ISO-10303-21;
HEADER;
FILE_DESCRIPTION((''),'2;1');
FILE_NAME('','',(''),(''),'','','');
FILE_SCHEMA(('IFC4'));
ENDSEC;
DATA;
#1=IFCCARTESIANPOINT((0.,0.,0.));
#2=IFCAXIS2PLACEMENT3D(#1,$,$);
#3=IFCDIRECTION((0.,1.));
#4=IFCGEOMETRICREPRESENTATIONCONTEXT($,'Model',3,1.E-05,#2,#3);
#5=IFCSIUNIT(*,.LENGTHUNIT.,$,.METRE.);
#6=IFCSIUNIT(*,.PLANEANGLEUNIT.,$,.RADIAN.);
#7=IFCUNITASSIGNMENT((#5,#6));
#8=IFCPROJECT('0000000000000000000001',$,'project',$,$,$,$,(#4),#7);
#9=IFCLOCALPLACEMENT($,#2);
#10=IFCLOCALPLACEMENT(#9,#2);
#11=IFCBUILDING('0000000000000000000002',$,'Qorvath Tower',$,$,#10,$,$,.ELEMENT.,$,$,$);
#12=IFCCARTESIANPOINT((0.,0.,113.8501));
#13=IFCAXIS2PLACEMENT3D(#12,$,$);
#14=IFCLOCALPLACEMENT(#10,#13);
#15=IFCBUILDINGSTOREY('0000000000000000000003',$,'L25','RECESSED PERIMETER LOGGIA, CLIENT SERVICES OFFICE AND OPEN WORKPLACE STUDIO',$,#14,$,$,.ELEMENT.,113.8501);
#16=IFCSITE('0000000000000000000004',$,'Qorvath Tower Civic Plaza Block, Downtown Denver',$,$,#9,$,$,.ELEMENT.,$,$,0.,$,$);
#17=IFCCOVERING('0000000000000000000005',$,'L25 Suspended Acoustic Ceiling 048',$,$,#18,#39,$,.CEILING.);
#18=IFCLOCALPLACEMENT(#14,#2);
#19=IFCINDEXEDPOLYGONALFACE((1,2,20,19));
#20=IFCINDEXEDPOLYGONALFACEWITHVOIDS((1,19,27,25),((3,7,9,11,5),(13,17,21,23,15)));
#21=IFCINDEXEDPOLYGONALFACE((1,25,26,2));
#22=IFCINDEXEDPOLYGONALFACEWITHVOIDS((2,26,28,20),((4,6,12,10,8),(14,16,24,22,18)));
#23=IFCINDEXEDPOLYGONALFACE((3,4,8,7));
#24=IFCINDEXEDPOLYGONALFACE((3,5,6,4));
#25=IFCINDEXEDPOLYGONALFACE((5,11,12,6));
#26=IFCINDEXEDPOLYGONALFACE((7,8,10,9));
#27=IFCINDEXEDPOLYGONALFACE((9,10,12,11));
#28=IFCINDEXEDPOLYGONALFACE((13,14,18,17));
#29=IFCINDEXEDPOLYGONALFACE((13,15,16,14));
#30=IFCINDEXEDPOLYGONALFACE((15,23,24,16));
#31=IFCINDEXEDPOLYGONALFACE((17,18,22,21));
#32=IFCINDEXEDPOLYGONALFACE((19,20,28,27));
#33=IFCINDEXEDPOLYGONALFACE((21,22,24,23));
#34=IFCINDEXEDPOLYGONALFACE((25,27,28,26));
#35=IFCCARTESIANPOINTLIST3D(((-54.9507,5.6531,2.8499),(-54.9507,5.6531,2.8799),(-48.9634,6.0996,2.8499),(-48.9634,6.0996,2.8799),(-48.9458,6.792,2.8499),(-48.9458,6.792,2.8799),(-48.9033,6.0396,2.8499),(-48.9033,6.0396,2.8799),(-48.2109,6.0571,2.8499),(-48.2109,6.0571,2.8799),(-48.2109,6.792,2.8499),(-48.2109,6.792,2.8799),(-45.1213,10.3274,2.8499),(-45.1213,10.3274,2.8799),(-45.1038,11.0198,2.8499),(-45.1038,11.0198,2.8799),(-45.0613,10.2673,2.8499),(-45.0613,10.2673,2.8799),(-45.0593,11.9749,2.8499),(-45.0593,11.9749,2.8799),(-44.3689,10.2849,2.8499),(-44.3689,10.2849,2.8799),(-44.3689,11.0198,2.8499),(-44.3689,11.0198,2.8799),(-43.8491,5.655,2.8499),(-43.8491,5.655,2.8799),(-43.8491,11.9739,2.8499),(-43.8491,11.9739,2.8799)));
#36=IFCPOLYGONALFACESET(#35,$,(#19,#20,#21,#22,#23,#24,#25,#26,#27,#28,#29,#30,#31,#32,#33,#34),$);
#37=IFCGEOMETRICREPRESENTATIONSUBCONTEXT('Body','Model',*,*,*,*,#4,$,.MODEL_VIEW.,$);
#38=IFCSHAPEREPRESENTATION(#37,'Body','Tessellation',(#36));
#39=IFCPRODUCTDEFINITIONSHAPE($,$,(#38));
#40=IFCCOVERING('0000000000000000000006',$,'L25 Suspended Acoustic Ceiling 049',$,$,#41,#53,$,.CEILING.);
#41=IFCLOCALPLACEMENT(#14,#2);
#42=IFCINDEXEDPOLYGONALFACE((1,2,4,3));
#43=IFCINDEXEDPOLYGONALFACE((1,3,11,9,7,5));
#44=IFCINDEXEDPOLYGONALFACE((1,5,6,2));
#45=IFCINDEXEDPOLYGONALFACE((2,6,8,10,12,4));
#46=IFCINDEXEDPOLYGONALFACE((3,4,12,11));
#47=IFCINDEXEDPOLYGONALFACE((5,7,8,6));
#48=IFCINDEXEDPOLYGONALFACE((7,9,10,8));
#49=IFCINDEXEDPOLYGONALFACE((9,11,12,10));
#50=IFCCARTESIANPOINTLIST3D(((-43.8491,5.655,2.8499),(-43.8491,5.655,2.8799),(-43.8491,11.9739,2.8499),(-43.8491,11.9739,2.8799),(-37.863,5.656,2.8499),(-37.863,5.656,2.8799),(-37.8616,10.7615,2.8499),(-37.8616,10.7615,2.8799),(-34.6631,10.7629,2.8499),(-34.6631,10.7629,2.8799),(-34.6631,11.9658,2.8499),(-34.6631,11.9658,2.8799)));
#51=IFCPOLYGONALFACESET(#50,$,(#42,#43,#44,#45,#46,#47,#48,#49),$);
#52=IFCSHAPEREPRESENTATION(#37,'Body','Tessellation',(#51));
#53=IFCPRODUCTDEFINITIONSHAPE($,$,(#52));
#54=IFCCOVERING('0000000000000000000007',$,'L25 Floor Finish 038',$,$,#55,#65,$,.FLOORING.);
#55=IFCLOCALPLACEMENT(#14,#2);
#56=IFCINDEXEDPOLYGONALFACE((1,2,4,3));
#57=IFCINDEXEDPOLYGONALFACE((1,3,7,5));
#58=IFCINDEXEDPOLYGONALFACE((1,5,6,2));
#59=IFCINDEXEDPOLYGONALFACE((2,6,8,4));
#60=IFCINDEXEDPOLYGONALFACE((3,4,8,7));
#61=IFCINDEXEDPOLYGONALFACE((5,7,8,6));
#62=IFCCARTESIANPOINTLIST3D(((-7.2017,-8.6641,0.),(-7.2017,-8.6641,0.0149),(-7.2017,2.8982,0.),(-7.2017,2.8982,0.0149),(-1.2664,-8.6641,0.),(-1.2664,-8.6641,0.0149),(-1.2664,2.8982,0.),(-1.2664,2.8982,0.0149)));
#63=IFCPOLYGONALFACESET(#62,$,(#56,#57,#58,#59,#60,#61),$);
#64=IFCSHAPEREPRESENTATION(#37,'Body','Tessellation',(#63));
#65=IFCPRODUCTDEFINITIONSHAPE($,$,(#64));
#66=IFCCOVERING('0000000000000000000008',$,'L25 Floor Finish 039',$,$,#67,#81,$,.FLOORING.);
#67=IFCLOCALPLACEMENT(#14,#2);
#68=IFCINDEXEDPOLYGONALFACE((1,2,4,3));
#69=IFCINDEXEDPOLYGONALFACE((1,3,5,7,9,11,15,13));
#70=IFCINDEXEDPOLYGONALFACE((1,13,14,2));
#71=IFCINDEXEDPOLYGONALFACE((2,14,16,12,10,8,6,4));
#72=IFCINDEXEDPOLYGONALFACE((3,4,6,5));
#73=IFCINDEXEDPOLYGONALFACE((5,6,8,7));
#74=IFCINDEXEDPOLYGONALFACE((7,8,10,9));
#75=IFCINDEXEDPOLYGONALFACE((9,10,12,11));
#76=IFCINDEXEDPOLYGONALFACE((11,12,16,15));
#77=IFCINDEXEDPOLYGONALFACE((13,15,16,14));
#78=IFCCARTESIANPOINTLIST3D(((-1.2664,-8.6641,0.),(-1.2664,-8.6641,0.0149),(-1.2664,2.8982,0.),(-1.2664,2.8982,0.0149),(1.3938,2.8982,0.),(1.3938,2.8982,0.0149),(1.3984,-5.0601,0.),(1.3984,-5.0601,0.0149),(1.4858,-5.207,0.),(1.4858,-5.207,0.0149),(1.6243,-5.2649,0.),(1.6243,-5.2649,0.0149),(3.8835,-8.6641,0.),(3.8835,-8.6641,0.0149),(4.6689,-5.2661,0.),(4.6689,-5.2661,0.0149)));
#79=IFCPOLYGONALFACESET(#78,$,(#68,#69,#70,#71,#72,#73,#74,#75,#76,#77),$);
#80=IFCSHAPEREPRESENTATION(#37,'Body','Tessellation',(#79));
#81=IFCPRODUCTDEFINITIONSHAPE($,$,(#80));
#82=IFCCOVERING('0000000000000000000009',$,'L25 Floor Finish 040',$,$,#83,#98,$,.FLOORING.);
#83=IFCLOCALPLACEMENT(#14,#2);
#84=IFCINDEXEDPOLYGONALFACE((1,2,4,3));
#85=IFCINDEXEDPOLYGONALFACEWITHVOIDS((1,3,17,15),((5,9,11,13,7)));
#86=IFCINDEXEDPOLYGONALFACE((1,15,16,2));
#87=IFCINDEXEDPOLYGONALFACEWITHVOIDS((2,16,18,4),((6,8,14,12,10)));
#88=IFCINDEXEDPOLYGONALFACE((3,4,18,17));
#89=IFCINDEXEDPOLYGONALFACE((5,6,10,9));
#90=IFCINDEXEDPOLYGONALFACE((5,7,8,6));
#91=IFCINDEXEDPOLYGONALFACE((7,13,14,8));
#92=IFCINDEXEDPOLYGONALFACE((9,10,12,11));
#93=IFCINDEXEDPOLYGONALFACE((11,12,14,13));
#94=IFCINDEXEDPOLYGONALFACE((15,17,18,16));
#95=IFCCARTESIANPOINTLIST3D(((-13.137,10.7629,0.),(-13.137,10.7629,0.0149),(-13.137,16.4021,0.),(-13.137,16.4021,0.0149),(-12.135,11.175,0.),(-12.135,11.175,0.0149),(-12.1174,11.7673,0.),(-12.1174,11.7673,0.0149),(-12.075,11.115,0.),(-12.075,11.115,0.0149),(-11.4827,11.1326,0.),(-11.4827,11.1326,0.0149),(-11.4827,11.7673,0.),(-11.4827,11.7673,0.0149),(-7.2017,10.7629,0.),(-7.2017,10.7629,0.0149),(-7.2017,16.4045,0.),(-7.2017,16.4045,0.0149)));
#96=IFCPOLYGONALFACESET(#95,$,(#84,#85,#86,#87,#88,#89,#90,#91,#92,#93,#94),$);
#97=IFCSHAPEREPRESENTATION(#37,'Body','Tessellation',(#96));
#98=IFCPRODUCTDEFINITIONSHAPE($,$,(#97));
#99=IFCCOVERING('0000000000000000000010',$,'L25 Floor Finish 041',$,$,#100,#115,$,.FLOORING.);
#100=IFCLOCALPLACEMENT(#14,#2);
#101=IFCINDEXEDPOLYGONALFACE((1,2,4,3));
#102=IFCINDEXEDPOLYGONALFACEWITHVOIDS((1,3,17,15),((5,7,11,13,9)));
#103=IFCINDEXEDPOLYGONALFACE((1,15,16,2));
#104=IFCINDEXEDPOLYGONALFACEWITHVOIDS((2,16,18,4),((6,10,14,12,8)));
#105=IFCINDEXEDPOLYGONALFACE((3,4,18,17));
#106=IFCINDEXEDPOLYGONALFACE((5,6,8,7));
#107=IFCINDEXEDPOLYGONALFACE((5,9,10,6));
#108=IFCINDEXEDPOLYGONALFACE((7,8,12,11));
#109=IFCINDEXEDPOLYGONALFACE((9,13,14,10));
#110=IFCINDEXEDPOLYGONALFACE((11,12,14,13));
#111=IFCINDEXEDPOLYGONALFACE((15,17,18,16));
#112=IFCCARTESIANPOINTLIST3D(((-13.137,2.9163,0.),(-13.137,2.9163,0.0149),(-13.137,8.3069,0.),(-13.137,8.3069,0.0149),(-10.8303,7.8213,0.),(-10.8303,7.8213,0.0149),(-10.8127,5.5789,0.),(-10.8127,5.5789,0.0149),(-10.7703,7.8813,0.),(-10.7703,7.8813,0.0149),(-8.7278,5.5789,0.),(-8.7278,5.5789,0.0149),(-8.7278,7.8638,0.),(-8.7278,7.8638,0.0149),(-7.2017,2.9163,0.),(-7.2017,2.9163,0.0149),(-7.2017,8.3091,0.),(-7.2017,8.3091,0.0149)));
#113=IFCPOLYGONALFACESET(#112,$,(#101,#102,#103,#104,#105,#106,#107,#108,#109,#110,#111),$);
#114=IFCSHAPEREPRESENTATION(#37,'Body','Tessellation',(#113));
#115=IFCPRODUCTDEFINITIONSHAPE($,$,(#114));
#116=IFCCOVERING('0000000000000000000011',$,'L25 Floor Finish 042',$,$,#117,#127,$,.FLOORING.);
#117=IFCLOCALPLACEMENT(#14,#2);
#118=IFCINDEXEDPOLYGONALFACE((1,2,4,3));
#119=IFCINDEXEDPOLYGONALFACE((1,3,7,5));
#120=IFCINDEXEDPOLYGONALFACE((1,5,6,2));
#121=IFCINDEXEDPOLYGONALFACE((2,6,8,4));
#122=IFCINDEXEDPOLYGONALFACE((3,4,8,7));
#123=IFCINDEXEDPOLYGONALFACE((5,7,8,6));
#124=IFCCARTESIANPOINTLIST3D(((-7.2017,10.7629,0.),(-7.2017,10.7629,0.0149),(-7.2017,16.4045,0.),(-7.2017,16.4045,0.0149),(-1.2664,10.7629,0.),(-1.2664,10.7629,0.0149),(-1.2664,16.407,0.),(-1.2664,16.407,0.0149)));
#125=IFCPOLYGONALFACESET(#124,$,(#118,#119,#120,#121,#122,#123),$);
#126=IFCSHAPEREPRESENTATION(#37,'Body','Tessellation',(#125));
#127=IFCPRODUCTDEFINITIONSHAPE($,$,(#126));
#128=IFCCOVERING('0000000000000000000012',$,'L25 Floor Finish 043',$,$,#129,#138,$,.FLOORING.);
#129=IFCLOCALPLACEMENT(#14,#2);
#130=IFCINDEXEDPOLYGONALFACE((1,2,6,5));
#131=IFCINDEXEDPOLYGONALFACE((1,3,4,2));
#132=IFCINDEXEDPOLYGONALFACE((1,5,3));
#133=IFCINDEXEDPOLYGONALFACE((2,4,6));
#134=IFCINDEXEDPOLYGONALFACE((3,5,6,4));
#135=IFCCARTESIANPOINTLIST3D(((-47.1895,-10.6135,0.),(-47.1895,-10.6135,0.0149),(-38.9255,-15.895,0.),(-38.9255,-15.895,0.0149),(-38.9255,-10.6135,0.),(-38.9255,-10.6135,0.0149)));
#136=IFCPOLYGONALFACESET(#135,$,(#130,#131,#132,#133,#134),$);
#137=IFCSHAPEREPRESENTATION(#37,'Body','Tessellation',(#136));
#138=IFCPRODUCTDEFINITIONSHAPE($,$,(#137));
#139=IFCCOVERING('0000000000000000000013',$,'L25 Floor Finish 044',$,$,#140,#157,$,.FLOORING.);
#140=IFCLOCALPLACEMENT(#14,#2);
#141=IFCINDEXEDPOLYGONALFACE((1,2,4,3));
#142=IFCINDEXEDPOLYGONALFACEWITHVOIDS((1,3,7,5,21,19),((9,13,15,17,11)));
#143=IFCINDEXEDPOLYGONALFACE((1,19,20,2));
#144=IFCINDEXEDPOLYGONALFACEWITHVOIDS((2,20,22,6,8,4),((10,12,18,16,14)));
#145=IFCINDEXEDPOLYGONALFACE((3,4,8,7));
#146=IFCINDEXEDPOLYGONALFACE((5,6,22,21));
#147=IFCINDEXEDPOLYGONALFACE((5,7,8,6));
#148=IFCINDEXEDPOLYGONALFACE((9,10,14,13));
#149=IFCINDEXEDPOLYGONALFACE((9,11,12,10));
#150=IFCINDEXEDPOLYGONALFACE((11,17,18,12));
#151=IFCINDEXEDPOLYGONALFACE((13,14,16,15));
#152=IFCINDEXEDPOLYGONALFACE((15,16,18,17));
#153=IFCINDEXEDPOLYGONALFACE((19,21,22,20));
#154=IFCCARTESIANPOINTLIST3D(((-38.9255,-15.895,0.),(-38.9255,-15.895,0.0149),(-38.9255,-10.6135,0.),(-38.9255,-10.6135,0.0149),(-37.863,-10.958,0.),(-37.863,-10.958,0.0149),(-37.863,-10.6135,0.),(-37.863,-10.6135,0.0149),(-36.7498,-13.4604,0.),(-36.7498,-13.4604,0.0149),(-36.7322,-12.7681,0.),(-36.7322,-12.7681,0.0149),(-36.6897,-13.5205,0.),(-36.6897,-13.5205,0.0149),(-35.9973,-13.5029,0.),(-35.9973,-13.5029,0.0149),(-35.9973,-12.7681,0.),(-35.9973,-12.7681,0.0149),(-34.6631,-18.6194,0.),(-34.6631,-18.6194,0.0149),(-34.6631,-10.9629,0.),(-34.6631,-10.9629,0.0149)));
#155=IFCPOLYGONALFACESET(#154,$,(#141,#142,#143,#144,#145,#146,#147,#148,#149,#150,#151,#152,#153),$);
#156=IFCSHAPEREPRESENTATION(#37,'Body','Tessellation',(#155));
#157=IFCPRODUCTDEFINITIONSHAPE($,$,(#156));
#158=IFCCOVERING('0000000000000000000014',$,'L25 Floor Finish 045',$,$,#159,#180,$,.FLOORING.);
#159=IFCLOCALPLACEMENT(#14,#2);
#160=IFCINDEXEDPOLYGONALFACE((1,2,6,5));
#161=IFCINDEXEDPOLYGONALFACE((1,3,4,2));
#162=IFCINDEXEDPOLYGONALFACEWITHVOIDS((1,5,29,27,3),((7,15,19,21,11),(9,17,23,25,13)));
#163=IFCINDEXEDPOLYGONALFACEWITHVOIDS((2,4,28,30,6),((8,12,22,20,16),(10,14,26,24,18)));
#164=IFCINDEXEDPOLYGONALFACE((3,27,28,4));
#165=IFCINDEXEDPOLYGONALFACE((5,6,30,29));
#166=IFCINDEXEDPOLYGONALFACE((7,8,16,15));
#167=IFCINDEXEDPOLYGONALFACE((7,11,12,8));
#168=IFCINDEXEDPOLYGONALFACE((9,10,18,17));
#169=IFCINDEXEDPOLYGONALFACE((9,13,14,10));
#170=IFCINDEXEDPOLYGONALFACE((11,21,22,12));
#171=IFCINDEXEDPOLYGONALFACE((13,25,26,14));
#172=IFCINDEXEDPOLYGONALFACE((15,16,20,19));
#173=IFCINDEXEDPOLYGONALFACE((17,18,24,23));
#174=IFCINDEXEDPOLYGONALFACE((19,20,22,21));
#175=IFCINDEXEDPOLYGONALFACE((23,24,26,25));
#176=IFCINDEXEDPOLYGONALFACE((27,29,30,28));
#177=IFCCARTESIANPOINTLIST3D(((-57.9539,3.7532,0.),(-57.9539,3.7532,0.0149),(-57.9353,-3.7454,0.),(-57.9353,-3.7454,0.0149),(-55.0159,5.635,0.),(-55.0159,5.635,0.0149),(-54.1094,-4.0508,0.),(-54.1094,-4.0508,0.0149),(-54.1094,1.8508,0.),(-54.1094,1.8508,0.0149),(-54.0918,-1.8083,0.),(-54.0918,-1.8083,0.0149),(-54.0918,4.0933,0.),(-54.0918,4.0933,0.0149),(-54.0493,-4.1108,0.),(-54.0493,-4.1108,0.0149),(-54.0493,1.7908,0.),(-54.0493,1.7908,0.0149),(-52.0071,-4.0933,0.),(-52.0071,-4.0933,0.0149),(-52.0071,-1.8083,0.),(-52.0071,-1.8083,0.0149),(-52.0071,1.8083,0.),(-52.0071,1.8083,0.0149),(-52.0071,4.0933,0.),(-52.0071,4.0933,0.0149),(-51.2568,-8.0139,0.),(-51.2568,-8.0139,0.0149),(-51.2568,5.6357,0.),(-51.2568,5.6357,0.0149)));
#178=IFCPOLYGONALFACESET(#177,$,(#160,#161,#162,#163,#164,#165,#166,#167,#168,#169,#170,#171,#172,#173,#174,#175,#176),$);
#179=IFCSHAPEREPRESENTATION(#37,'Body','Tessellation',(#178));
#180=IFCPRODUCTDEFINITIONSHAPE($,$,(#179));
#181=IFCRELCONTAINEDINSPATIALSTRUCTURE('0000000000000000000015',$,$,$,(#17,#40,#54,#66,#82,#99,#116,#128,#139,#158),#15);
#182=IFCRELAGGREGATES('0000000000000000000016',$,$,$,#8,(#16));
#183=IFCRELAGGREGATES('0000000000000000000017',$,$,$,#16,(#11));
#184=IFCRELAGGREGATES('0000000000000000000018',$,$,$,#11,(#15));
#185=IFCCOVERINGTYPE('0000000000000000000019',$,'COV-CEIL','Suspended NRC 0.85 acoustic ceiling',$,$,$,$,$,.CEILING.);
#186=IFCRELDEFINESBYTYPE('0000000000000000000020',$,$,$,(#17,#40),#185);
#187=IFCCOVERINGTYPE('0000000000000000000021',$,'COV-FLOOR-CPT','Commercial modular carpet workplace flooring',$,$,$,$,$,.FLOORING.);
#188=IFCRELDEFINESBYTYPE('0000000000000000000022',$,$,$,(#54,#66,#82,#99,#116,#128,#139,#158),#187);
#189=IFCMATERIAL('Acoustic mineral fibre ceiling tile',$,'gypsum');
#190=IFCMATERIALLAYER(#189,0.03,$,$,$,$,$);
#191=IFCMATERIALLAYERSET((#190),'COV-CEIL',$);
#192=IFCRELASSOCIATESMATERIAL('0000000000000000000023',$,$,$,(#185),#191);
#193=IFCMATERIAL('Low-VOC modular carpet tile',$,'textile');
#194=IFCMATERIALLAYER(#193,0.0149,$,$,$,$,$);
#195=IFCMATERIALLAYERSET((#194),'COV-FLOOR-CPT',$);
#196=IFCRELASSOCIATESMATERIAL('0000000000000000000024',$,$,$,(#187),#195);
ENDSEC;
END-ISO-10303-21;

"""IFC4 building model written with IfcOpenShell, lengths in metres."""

from ifc_helpers import new_model, si_unit, direction, frame, origin, place, context, subcontext, project, spatial, polyline, outline, extrude, material, layer, layer_set, type_object, element, save


model = new_model("IFC4")

# Units and contexts
model_context = context("Model", 3, precision=1e-05, world=origin(), true_north=direction((0.0, 1.0)))
body_context = subcontext(model_context, "Body", "Model", "MODEL_VIEW")
ifc_project = project(units=[si_unit("LENGTHUNIT", "METRE"), si_unit("PLANEANGLEUNIT", "RADIAN")], contexts=[model_context])

# Site, building, storey
site_placement = place(None, origin())
site = spatial("IfcSite", under=ifc_project, at=site_placement, Name="Qorvath Tower Civic Plaza Block, Downtown Denver", CompositionType="ELEMENT", RefElevation=0.0)
building_placement = place(site_placement, origin())
building = spatial("IfcBuilding", under=site, at=building_placement, Name="Qorvath Tower", CompositionType="ELEMENT")
storey_placement = place(building_placement, frame((0.0, 0.0, 113.8501)))
storey = spatial("IfcBuildingStorey", under=building, at=storey_placement, Name="L25", Description="RECESSED PERIMETER LOGGIA, CLIENT SERVICES OFFICE AND OPEN WORKPLACE STUDIO", CompositionType="ELEMENT", Elevation=113.8501)

# Coverings
ifc_material_1 = material(Name="Acoustic mineral fibre ceiling tile", Category="gypsum")
ifc_layer_1 = layer(ifc_material_1, 0.03)
ifc_layer_set_1 = layer_set([ifc_layer_1], Name="COV-CEIL")
covering_type_1 = type_object("IfcCoveringType", Name="COV-CEIL", Description="Suspended NRC 0.85 acoustic ceiling", PredefinedType="CEILING", material=ifc_layer_set_1)
covering_1_placement = place(storey_placement, frame((0.0, 0.0, 2.8499)))
element("IfcCovering", 1, at=covering_1_placement, inside=storey, type_object=covering_type_1, Name="L25 Suspended Acoustic Ceiling 048", PredefinedType="CEILING", context=body_context, shape_type="SweptSolid", body=[
    extrude(outline(polyline([(-43.8491, 5.655), (-43.8491, 11.9739), (-45.0593, 11.9749), (-54.9507, 5.6531), (-43.8491, 5.655)]), holes=[polyline([(-45.1213, 10.3274), (-45.1038, 11.0198), (-44.3689, 11.0198), (-44.3689, 10.2849), (-45.0613, 10.2673), (-45.1213, 10.3274)]), polyline([(-48.9634, 6.0996), (-48.9458, 6.792), (-48.2109, 6.792), (-48.2109, 6.0571), (-48.9033, 6.0396), (-48.9634, 6.0996)])]), origin(), (0.0, 0.0, 1.0), 0.03),
])
covering_2_placement = place(storey_placement, frame((0.0, 0.0, 2.8499)))
element("IfcCovering", 2, at=covering_2_placement, inside=storey, type_object=covering_type_1, Name="L25 Suspended Acoustic Ceiling 049", PredefinedType="CEILING", context=body_context, shape_type="SweptSolid", body=[
    extrude(outline(polyline([(-34.6631, 10.7629), (-34.6631, 11.9658), (-43.8491, 11.9739), (-43.8491, 5.655), (-37.863, 5.656), (-37.8616, 10.7615), (-34.6631, 10.7629)])), origin(), (0.0, 0.0, 1.0), 0.03),
])
ifc_material_2 = material(Name="Low-VOC modular carpet tile", Category="textile")
ifc_layer_2 = layer(ifc_material_2, 0.0149)
ifc_layer_set_2 = layer_set([ifc_layer_2], Name="COV-FLOOR-CPT")
covering_type_2 = type_object("IfcCoveringType", Name="COV-FLOOR-CPT", Description="Commercial modular carpet workplace flooring", PredefinedType="FLOORING", material=ifc_layer_set_2)
covering_3_placement = place(storey_placement, origin())
element("IfcCovering", 3, at=covering_3_placement, inside=storey, type_object=covering_type_2, Name="L25 Floor Finish 038", PredefinedType="FLOORING", context=body_context, shape_type="SweptSolid", body=[
    extrude(outline(polyline([(-1.2664, -8.6641), (-1.2664, 2.8982), (-7.2017, 2.8982), (-7.2017, -8.6641), (-1.2664, -8.6641)])), origin(), (0.0, 0.0, 1.0), 0.0149),
])
covering_4_placement = place(storey_placement, origin())
element("IfcCovering", 4, at=covering_4_placement, inside=storey, type_object=covering_type_2, Name="L25 Floor Finish 039", PredefinedType="FLOORING", context=body_context, shape_type="SweptSolid", body=[
    extrude(outline(polyline([(1.4858, -5.207), (1.3984, -5.0601), (1.3938, 2.8982), (-1.2664, 2.8982), (-1.2664, -8.6641), (3.8835, -8.6641), (4.6689, -5.2661), (1.6243, -5.2649), (1.4858, -5.207)])), origin(), (0.0, 0.0, 1.0), 0.0149),
])
covering_5_placement = place(storey_placement, origin())
element("IfcCovering", 5, at=covering_5_placement, inside=storey, type_object=covering_type_2, Name="L25 Floor Finish 040", PredefinedType="FLOORING", context=body_context, shape_type="SweptSolid", body=[
    extrude(outline(polyline([(-7.2017, 10.7629), (-7.2017, 16.4045), (-13.137, 16.4021), (-13.137, 10.7629), (-7.2017, 10.7629)]), holes=[polyline([(-12.135, 11.175), (-12.1174, 11.7673), (-11.4827, 11.7673), (-11.4827, 11.1326), (-12.075, 11.115), (-12.135, 11.175)])]), origin(), (0.0, 0.0, 1.0), 0.0149),
])
covering_6_placement = place(storey_placement, origin())
element("IfcCovering", 6, at=covering_6_placement, inside=storey, type_object=covering_type_2, Name="L25 Floor Finish 041", PredefinedType="FLOORING", context=body_context, shape_type="SweptSolid", body=[
    extrude(outline(polyline([(-7.2017, 2.9163), (-7.2017, 8.3091), (-13.137, 8.3069), (-13.137, 2.9163), (-7.2017, 2.9163)]), holes=[polyline([(-10.8303, 7.8213), (-10.7703, 7.8813), (-8.7278, 7.8638), (-8.7278, 5.5789), (-10.8127, 5.5789), (-10.8303, 7.8213)])]), origin(), (0.0, 0.0, 1.0), 0.0149),
])
covering_7_placement = place(storey_placement, origin())
element("IfcCovering", 7, at=covering_7_placement, inside=storey, type_object=covering_type_2, Name="L25 Floor Finish 042", PredefinedType="FLOORING", context=body_context, shape_type="SweptSolid", body=[
    extrude(outline(polyline([(-1.2664, 10.7629), (-1.2664, 16.407), (-7.2017, 16.4045), (-7.2017, 10.7629), (-1.2664, 10.7629)])), origin(), (0.0, 0.0, 1.0), 0.0149),
])
covering_8_placement = place(storey_placement, origin())
element("IfcCovering", 8, at=covering_8_placement, inside=storey, type_object=covering_type_2, Name="L25 Floor Finish 043", PredefinedType="FLOORING", context=body_context, shape_type="SweptSolid", body=[
    extrude(outline(polyline([(-38.9255, -15.895), (-38.9255, -10.6135), (-47.1895, -10.6135), (-38.9255, -15.895)])), origin(), (0.0, 0.0, 1.0), 0.0149),
])
covering_9_placement = place(storey_placement, origin())
element("IfcCovering", 9, at=covering_9_placement, inside=storey, type_object=covering_type_2, Name="L25 Floor Finish 044", PredefinedType="FLOORING", context=body_context, shape_type="SweptSolid", body=[
    extrude(outline(polyline([(-37.863, -10.958), (-37.863, -10.6135), (-38.9255, -10.6135), (-38.9255, -15.895), (-34.6631, -18.6194), (-34.6631, -10.9629), (-37.863, -10.958)]), holes=[polyline([(-36.7498, -13.4604), (-36.7322, -12.7681), (-35.9973, -12.7681), (-35.9973, -13.5029), (-36.6897, -13.5205), (-36.7498, -13.4604)])]), origin(), (0.0, 0.0, 1.0), 0.0149),
])
covering_10_placement = place(storey_placement, origin())
element("IfcCovering", 10, at=covering_10_placement, inside=storey, type_object=covering_type_2, Name="L25 Floor Finish 045", PredefinedType="FLOORING", context=body_context, shape_type="SweptSolid", body=[
    extrude(outline(polyline([(-55.0159, 5.635), (-57.9539, 3.7532), (-57.9353, -3.7454), (-51.2568, -8.0139), (-51.2568, 5.6357), (-55.0159, 5.635)]), holes=[polyline([(-54.1094, -4.0508), (-54.0918, -1.8083), (-52.0071, -1.8083), (-52.0071, -4.0933), (-54.0493, -4.1108), (-54.1094, -4.0508)]), polyline([(-54.1094, 1.8508), (-54.0918, 4.0933), (-52.0071, 4.0933), (-52.0071, 1.8083), (-54.0493, 1.7908), (-54.1094, 1.8508)])]), origin(), (0.0, 0.0, 1.0), 0.0149),
])

save(model, "model.ifc")
